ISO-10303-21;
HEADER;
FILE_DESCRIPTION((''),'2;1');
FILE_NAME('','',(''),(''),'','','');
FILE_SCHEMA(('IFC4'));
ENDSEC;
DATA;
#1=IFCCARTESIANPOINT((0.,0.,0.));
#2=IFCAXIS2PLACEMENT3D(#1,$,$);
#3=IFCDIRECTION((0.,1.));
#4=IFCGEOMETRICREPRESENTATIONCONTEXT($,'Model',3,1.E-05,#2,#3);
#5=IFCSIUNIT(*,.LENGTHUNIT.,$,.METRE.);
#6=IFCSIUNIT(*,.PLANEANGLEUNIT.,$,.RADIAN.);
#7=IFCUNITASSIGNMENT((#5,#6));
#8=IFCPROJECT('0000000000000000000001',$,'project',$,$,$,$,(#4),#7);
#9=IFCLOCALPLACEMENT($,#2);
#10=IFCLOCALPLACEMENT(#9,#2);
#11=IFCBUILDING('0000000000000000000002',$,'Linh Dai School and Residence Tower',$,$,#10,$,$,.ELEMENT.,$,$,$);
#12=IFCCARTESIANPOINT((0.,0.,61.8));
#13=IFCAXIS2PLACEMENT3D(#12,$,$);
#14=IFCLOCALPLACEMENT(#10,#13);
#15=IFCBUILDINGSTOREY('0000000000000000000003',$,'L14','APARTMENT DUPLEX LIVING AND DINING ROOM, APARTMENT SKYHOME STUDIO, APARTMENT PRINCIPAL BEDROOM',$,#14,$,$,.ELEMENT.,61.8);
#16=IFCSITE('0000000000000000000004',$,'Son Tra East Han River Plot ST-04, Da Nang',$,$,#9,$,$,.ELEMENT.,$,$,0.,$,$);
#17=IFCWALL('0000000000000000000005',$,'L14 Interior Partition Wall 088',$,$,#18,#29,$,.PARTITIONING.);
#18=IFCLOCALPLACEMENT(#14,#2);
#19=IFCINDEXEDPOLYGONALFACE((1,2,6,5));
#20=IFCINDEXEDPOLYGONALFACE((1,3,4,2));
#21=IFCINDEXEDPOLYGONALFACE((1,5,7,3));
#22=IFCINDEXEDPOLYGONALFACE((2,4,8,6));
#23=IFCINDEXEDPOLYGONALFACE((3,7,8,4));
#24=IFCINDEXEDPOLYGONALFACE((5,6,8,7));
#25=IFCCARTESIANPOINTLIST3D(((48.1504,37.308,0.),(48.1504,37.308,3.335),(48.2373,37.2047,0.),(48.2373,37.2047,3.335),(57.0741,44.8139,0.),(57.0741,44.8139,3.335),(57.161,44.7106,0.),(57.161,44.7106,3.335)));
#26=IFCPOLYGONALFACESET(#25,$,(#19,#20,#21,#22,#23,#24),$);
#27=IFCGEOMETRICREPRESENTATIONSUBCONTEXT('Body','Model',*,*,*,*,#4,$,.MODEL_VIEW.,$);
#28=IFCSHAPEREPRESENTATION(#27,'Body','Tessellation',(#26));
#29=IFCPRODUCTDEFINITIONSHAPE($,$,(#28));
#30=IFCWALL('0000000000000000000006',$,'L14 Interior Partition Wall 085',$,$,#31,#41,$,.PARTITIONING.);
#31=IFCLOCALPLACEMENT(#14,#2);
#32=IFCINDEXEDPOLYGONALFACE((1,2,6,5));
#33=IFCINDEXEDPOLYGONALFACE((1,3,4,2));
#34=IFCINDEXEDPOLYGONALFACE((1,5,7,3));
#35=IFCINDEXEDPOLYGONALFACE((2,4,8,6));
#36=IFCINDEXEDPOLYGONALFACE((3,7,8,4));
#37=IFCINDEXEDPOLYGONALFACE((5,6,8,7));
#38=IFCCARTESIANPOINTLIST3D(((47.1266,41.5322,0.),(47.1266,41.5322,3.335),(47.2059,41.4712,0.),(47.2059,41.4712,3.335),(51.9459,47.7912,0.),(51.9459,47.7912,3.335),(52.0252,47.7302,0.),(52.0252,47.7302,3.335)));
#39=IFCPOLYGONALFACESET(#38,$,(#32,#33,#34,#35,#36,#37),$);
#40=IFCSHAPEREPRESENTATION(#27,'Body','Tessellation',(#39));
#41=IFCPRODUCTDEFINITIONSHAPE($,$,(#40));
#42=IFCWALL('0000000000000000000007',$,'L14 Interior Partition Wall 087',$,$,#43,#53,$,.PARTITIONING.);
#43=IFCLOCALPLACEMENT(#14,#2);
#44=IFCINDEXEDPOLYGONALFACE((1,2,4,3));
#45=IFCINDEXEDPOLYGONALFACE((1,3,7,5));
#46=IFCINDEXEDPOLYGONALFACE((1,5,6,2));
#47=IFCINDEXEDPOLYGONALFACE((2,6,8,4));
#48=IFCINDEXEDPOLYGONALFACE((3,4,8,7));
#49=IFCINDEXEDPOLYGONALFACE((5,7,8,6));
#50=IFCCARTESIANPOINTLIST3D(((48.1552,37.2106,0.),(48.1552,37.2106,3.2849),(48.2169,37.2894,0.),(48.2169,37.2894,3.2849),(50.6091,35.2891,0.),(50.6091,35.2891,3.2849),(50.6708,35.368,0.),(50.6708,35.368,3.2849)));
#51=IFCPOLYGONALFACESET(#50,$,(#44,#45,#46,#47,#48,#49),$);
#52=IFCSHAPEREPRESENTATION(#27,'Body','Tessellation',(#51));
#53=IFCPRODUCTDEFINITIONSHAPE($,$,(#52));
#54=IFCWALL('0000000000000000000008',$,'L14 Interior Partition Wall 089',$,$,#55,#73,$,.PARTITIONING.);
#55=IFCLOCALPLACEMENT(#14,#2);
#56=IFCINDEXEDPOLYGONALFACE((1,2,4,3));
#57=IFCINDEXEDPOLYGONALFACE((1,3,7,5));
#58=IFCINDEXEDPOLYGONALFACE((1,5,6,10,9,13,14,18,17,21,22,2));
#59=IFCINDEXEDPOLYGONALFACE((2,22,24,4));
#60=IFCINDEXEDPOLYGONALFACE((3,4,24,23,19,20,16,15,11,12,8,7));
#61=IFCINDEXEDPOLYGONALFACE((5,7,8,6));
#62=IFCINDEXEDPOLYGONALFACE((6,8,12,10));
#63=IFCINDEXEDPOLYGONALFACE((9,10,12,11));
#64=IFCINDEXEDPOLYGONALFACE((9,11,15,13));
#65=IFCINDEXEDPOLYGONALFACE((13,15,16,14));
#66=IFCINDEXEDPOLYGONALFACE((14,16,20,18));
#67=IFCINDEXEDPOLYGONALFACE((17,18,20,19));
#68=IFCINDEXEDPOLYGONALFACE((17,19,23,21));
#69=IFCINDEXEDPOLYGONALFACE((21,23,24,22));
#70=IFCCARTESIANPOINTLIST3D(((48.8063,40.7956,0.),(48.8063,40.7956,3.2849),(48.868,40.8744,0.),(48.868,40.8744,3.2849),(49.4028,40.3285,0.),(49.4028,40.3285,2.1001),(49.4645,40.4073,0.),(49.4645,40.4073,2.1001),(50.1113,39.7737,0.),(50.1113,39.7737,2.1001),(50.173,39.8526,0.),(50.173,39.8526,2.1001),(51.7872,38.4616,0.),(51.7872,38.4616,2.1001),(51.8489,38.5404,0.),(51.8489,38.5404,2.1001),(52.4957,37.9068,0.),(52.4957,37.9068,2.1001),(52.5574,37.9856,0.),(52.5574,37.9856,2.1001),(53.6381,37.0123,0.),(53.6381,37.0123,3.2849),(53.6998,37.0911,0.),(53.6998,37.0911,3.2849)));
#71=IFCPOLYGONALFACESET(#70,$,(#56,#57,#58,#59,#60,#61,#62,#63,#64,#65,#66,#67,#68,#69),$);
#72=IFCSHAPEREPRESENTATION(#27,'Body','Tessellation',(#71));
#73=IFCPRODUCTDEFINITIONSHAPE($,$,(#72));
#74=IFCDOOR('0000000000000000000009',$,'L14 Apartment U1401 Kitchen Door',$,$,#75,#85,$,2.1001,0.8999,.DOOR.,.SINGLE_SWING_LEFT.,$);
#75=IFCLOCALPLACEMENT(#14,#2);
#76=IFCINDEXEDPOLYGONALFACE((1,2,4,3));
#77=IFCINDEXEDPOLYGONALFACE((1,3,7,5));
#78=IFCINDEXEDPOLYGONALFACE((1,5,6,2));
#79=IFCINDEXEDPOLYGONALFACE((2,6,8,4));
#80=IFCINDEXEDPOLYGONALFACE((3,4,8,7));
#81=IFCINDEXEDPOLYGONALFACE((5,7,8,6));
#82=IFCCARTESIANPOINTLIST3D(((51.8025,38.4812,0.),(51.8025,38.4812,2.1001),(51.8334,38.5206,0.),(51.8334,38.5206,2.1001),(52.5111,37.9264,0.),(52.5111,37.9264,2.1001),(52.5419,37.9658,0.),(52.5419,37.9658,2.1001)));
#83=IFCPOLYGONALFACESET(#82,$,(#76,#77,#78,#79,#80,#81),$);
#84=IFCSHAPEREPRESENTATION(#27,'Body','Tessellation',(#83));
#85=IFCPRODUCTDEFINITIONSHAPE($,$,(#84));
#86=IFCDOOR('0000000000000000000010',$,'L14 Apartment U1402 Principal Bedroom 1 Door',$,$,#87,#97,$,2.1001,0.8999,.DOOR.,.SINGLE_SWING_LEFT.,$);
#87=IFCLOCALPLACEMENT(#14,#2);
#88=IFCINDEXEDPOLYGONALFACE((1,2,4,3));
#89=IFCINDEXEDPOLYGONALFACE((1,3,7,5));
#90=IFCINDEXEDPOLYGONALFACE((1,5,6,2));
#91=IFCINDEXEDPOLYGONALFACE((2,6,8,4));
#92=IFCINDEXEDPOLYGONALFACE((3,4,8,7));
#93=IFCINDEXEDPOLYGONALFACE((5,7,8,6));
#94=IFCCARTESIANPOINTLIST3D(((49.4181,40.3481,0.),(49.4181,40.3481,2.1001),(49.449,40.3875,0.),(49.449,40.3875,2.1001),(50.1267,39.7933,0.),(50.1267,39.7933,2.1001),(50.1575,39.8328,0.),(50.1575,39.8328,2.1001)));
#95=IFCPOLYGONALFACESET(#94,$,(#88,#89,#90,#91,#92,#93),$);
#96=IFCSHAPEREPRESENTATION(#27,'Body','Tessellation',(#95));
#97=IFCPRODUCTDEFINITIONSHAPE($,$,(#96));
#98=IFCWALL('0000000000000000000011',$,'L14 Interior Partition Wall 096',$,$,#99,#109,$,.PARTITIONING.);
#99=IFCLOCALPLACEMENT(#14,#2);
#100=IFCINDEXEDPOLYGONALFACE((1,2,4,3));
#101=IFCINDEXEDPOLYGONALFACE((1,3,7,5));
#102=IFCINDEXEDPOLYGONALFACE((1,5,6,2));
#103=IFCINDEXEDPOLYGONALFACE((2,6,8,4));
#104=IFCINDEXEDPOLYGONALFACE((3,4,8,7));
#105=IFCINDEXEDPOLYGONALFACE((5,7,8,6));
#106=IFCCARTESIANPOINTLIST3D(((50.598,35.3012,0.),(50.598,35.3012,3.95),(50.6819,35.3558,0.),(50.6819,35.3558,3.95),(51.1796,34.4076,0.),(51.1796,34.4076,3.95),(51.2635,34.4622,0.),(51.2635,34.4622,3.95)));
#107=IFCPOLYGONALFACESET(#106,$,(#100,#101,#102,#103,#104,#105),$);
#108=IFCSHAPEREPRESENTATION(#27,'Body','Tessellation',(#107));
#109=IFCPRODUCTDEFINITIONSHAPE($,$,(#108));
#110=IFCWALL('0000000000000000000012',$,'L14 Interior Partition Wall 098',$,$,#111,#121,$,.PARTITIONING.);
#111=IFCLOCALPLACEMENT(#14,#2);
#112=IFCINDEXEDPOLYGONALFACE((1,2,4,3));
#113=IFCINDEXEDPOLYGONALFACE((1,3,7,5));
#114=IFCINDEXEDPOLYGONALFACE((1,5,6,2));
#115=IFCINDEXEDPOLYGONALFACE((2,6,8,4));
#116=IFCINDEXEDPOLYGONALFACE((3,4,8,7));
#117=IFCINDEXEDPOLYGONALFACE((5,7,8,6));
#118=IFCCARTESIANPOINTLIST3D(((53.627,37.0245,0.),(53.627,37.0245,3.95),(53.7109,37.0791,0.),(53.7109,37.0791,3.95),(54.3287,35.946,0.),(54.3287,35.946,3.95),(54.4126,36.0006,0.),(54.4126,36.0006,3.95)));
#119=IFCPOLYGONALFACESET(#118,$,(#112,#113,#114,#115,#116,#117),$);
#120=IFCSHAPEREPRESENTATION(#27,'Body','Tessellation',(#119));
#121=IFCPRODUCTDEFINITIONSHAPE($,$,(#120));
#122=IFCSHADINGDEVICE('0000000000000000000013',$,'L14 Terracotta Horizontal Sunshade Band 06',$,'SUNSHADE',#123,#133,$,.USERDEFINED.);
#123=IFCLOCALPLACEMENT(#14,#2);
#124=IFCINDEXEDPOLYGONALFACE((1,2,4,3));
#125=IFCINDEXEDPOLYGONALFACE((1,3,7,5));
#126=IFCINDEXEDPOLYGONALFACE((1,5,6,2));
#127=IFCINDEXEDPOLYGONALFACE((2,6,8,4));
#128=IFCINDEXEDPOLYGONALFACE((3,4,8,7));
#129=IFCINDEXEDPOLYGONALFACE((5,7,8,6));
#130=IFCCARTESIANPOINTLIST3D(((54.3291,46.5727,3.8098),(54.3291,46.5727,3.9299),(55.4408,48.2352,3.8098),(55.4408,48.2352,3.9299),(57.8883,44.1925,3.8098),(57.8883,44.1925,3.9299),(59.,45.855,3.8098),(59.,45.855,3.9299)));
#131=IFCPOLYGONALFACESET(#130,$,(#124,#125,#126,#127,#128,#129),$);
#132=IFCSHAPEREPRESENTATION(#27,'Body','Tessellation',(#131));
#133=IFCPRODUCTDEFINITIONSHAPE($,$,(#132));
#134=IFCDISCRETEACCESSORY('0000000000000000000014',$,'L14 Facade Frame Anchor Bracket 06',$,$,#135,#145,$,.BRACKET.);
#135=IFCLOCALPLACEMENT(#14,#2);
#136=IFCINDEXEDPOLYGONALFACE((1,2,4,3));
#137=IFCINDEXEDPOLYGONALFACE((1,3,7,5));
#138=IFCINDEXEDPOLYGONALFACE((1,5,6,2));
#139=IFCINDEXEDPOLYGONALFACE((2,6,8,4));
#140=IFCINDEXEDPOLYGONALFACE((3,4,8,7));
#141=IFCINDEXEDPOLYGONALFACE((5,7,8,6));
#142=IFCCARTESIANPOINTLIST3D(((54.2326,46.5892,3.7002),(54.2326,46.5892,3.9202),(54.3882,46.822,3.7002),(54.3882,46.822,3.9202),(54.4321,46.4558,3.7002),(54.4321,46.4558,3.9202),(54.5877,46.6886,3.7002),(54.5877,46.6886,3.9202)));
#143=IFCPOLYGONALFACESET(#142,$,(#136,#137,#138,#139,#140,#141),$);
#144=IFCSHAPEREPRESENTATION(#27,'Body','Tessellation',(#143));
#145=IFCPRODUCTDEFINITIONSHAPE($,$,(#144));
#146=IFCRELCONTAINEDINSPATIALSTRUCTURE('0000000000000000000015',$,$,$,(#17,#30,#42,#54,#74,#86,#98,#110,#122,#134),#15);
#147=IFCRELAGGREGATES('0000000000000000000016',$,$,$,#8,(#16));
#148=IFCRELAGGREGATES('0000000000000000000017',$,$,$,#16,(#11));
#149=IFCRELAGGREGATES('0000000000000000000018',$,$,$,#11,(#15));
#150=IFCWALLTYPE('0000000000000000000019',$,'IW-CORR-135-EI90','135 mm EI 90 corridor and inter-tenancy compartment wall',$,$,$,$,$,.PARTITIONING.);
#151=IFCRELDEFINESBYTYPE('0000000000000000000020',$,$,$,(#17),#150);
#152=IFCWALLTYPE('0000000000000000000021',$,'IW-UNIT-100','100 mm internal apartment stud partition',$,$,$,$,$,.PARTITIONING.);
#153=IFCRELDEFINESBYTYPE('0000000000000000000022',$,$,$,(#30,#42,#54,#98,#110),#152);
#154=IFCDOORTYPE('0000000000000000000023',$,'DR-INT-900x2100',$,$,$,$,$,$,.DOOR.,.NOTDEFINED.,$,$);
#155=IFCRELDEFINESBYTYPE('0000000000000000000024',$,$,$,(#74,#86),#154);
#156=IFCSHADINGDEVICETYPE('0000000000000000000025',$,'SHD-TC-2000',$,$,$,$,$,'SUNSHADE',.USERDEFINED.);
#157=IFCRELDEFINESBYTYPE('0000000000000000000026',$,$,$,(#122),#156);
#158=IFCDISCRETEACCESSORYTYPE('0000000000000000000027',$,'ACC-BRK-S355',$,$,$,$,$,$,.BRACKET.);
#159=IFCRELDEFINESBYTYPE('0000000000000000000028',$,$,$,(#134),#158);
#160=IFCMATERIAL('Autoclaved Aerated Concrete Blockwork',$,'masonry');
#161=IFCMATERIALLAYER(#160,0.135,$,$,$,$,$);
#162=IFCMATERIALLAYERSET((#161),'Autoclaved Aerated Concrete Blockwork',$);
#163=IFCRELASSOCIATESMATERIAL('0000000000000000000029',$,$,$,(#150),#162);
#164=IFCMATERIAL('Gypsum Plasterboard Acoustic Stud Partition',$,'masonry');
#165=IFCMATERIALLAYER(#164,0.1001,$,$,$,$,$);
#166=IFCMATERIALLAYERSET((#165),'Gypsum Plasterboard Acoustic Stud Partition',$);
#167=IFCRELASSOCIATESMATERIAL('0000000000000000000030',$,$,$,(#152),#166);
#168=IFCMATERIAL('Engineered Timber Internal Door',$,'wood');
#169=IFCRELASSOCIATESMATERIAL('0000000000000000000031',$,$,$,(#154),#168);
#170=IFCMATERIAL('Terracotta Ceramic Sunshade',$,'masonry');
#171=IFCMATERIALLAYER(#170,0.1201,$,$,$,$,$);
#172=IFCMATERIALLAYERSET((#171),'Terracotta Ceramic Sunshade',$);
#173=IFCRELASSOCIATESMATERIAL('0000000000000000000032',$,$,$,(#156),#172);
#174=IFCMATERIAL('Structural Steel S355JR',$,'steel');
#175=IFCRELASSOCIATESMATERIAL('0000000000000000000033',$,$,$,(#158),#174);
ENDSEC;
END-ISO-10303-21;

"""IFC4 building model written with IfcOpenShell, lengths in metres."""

from ifc_helpers import new_model, si_unit, direction, frame, frame_2d, origin, origin_2d, place, context, subcontext, project, spatial, rectangle, extrude, source, transform, mapped, material, layer, layer_set, type_object, element, fill, save


model = new_model("IFC4")

# Units and contexts
model_context = context("Model", 3, precision=1e-05, world=origin(), true_north=direction((0.0, 1.0)))
body_context = subcontext(model_context, "Body", "Model", "MODEL_VIEW")
ifc_project = project(units=[si_unit("LENGTHUNIT", "METRE"), si_unit("PLANEANGLEUNIT", "RADIAN")], contexts=[model_context])

# Site, building, storey
site_placement = place(None, origin())
site = spatial("IfcSite", under=ifc_project, at=site_placement, Name="Son Tra East Han River Plot ST-04, Da Nang", CompositionType="ELEMENT", RefElevation=0.0)
building_placement = place(site_placement, origin())
building = spatial("IfcBuilding", under=site, at=building_placement, Name="Linh Dai School and Residence Tower", CompositionType="ELEMENT")
storey_placement = place(building_placement, frame((0.0, 0.0, 61.8)))
storey = spatial("IfcBuildingStorey", under=building, at=storey_placement, Name="L14", Description="APARTMENT DUPLEX LIVING AND DINING ROOM, APARTMENT SKYHOME STUDIO, APARTMENT PRINCIPAL BEDROOM", CompositionType="ELEMENT", Elevation=61.8)

# Shared definitions
ifc_material_1 = material(Name="Structural Steel S355JR", Category="steel")

# Walls
ifc_material_2 = material(Name="Autoclaved Aerated Concrete Blockwork", Category="masonry")
ifc_layer_1 = layer(ifc_material_2, 0.135)
ifc_layer_set_1 = layer_set([ifc_layer_1], Name="Autoclaved Aerated Concrete Blockwork")
wall_type_1 = type_object("IfcWallType", Name="IW-CORR-135-EI90", Description="135 mm EI 90 corridor and inter-tenancy compartment wall", PredefinedType="PARTITIONING", material=ifc_layer_set_1)
wall_1_placement = place(storey_placement, frame((48.1938, 37.2563, 0.0), z_axis=(0.0, 0.0, 1.0), x_axis=(0.76528, 0.643697, 0.0)))
element("IfcWall", 1, at=wall_1_placement, inside=storey, type_object=wall_type_1, Name="L14 Interior Partition Wall 088", PredefinedType="PARTITIONING", context=body_context, shape_type="SweptSolid", body=[
    extrude(rectangle(XDim=11.6606, YDim=0.135, at=frame_2d((5.8303, 0.0))), origin(), (0.0, 0.0, 1.0), 3.335),
])
ifc_material_3 = material(Name="Gypsum Plasterboard Acoustic Stud Partition", Category="masonry")
ifc_layer_2 = layer(ifc_material_3, 0.1001)
ifc_layer_set_2 = layer_set([ifc_layer_2], Name="Gypsum Plasterboard Acoustic Stud Partition")
wall_type_2 = type_object("IfcWallType", Name="IW-UNIT-100", Description="100 mm internal apartment stud partition", PredefinedType="PARTITIONING", material=ifc_layer_set_2)
wall_2_placement = place(storey_placement, frame((47.1663, 41.5017, 0.0), z_axis=(0.0, 0.0, 1.0), x_axis=(0.610084, 0.792337, 0.0)))
element("IfcWall", 2, at=wall_2_placement, inside=storey, type_object=wall_type_2, Name="L14 Interior Partition Wall 085", PredefinedType="PARTITIONING", context=body_context, shape_type="SweptSolid", body=[
    extrude(rectangle(XDim=7.8994, YDim=0.1001, at=frame_2d((3.9497, 0.0))), origin(), (0.0, 0.0, 1.0), 3.335),
])
wall_3_placement = place(storey_placement, frame((48.186, 37.25, 0.0), z_axis=(0.0, 0.0, 1.0), x_axis=(0.787353, -0.616503, 0.0)))
element("IfcWall", 3, at=wall_3_placement, inside=storey, type_object=wall_type_2, Name="L14 Interior Partition Wall 087", PredefinedType="PARTITIONING", context=body_context, shape_type="SweptSolid", body=[
    extrude(rectangle(XDim=3.1167, YDim=0.1001, at=frame_2d((1.5583, 0.0))), origin(), (0.0, 0.0, 1.0), 3.2849),
])

# Wall, openings, doors
wall_4_placement = place(storey_placement, frame((48.8372, 40.835, 0.0), z_axis=(0.0, 0.0, 1.0), x_axis=(0.787362, -0.616491, 0.0)))
wall_4 = element("IfcWall", 4, at=wall_4_placement, inside=storey, type_object=wall_type_2, Name="L14 Interior Partition Wall 089", PredefinedType="PARTITIONING", context=body_context, shape_type="SweptSolid", body=[
    extrude(rectangle(XDim=6.1367, YDim=0.1001, at=frame_2d((3.0684, 0.0))), origin(), (0.0, 0.0, 1.0), 3.2849),
])
opening_1_placement = place(wall_4_placement, frame((3.7859, 0.0, 0.0)))
opening_1 = element("IfcOpeningElement", 5, at=opening_1_placement, cuts=wall_4, PredefinedType="OPENING", context=body_context, shape_type="SweptSolid", body=[
    extrude(rectangle(XDim=0.8999, YDim=2.1001, at=origin_2d()), frame((0.45, 0.0601, 1.05), z_axis=(0.0, -1.0, 0.0), x_axis=(1.0, 0.0, 0.0)), (0.0, 0.0, 1.0), 0.1201),
])
opening_2_placement = place(wall_4_placement, frame((0.7576, 0.0, 0.0)))
opening_2 = element("IfcOpeningElement", 6, at=opening_2_placement, cuts=wall_4, PredefinedType="OPENING", context=body_context, shape_type="SweptSolid", body=[
    extrude(rectangle(XDim=0.8999, YDim=2.1001, at=origin_2d()), frame((0.45, 0.0601, 1.05), z_axis=(0.0, -1.0, 0.0), x_axis=(1.0, 0.0, 0.0)), (0.0, 0.0, 1.0), 0.1201),
])
ifc_material_4 = material(Name="Engineered Timber Internal Door", Category="wood")
door_type = type_object("IfcDoorType", Name="DR-INT-900x2100", OperationType="NOTDEFINED", PredefinedType="DOOR", material=ifc_material_4)
shared_shape_1 = source(origin(), body_context, "Body", "SweptSolid", [
    extrude(rectangle(XDim=0.8999, YDim=2.1001, at=origin_2d()), frame((0.45, 0.0249, 1.05), z_axis=(0.0, -1.0, 0.0), x_axis=(1.0, 0.0, 0.0)), (0.0, 0.0, 1.0), 0.05),
])
door_1_placement = place(opening_1_placement, origin())
door_1 = element("IfcDoor", 7, at=door_1_placement, inside=storey, type_object=door_type, Name="L14 Apartment U1401 Kitchen Door", OperationType="SINGLE_SWING_LEFT", OverallHeight=2.1001, OverallWidth=0.8999, PredefinedType="DOOR", context=body_context, shape_type="MappedRepresentation", body=[
    mapped(shared_shape_1, transform((0.0, 0.0, 0.0), x_axis=(1.0, 0.0, 0.0), y_axis=(0.0, 1.0, 0.0), z_axis=(0.0, 0.0, 1.0), scale=1.0)),
])
fill(opening_1, door_1)
door_2_placement = place(opening_2_placement, origin())
door_2 = element("IfcDoor", 8, at=door_2_placement, inside=storey, type_object=door_type, Name="L14 Apartment U1402 Principal Bedroom 1 Door", OperationType="SINGLE_SWING_LEFT", OverallHeight=2.1001, OverallWidth=0.8999, PredefinedType="DOOR", context=body_context, shape_type="MappedRepresentation", body=[
    mapped(shared_shape_1, transform((0.0, 0.0, 0.0), x_axis=(1.0, 0.0, 0.0), y_axis=(0.0, 1.0, 0.0), z_axis=(0.0, 0.0, 1.0), scale=1.0)),
])
fill(opening_2, door_2)

# Walls
wall_5_placement = place(storey_placement, frame((50.6399, 35.3286, 0.0), z_axis=(0.0, 0.0, 1.0), x_axis=(0.545471, -0.83813, 0.0)))
element("IfcWall", 9, at=wall_5_placement, inside=storey, type_object=wall_type_2, Name="L14 Interior Partition Wall 096", PredefinedType="PARTITIONING", context=body_context, shape_type="SweptSolid", body=[
    extrude(rectangle(XDim=1.0662, YDim=0.1001, at=frame_2d((0.5332, 0.0))), origin(), (0.0, 0.0, 1.0), 3.95),
])
wall_6_placement = place(storey_placement, frame((53.6689, 37.0518, 0.0), z_axis=(0.0, 0.0, 1.0), x_axis=(0.545382, -0.838188, 0.0)))
element("IfcWall", 10, at=wall_6_placement, inside=storey, type_object=wall_type_2, Name="L14 Interior Partition Wall 098", PredefinedType="PARTITIONING", context=body_context, shape_type="SweptSolid", body=[
    extrude(rectangle(XDim=1.2866, YDim=0.1001, at=frame_2d((0.6433, 0.0))), origin(), (0.0, 0.0, 1.0), 3.95),
])

# Shading device
ifc_material_5 = material(Name="Terracotta Ceramic Sunshade", Category="masonry")
ifc_layer_3 = layer(ifc_material_5, 0.1201)
ifc_layer_set_3 = layer_set([ifc_layer_3], Name="Terracotta Ceramic Sunshade")
shading_device_type = type_object("IfcShadingDeviceType", Name="SHD-TC-2000", ElementType="SUNSHADE", PredefinedType="USERDEFINED", material=ifc_layer_set_3)
shared_shape_2 = source(origin(), body_context, "Body", "SweptSolid", [
    extrude(rectangle(XDim=4.2817, YDim=2.0, at=origin_2d()), origin(), (0.0, 0.0, 1.0), 0.1201),
])
shading_device_placement = place(storey_placement, frame((56.6646, 46.2139, 3.8098), z_axis=(0.0, 0.0, 1.0), x_axis=(0.831251, -0.555898, 0.0)))
element("IfcShadingDevice", 11, at=shading_device_placement, inside=storey, type_object=shading_device_type, Name="L14 Terracotta Horizontal Sunshade Band 06", ObjectType="SUNSHADE", PredefinedType="USERDEFINED", context=body_context, shape_type="MappedRepresentation", body=[
    mapped(shared_shape_2, transform((0.0, 0.0, 0.0), x_axis=(1.0, 0.0, 0.0), y_axis=(0.0, 1.0, 0.0), z_axis=(0.0, 0.0, 1.0), scale=1.0)),
])

# Discrete accessory
discrete_accessory_type = type_object("IfcDiscreteAccessoryType", Name="ACC-BRK-S355", PredefinedType="BRACKET", material=ifc_material_1)
shared_shape_3 = source(origin(), body_context, "Body", "SweptSolid", [
    extrude(rectangle(XDim=0.28, YDim=0.24, at=origin_2d()), origin(), (0.0, 0.0, 1.0), 0.22),
])
discrete_accessory_placement = place(storey_placement, frame((54.4102, 46.6389, 3.7002), z_axis=(0.0, 0.0, 1.0), x_axis=(0.555898, 0.831251, 0.0)))
element("IfcDiscreteAccessory", 12, at=discrete_accessory_placement, inside=storey, type_object=discrete_accessory_type, Name="L14 Facade Frame Anchor Bracket 06", PredefinedType="BRACKET", context=body_context, shape_type="MappedRepresentation", body=[
    mapped(shared_shape_3, transform((0.0, 0.0, 0.0), x_axis=(1.0, 0.0, 0.0), y_axis=(0.0, 1.0, 0.0), z_axis=(0.0, 0.0, 1.0), scale=1.0)),
])

save(model, "model.ifc")
